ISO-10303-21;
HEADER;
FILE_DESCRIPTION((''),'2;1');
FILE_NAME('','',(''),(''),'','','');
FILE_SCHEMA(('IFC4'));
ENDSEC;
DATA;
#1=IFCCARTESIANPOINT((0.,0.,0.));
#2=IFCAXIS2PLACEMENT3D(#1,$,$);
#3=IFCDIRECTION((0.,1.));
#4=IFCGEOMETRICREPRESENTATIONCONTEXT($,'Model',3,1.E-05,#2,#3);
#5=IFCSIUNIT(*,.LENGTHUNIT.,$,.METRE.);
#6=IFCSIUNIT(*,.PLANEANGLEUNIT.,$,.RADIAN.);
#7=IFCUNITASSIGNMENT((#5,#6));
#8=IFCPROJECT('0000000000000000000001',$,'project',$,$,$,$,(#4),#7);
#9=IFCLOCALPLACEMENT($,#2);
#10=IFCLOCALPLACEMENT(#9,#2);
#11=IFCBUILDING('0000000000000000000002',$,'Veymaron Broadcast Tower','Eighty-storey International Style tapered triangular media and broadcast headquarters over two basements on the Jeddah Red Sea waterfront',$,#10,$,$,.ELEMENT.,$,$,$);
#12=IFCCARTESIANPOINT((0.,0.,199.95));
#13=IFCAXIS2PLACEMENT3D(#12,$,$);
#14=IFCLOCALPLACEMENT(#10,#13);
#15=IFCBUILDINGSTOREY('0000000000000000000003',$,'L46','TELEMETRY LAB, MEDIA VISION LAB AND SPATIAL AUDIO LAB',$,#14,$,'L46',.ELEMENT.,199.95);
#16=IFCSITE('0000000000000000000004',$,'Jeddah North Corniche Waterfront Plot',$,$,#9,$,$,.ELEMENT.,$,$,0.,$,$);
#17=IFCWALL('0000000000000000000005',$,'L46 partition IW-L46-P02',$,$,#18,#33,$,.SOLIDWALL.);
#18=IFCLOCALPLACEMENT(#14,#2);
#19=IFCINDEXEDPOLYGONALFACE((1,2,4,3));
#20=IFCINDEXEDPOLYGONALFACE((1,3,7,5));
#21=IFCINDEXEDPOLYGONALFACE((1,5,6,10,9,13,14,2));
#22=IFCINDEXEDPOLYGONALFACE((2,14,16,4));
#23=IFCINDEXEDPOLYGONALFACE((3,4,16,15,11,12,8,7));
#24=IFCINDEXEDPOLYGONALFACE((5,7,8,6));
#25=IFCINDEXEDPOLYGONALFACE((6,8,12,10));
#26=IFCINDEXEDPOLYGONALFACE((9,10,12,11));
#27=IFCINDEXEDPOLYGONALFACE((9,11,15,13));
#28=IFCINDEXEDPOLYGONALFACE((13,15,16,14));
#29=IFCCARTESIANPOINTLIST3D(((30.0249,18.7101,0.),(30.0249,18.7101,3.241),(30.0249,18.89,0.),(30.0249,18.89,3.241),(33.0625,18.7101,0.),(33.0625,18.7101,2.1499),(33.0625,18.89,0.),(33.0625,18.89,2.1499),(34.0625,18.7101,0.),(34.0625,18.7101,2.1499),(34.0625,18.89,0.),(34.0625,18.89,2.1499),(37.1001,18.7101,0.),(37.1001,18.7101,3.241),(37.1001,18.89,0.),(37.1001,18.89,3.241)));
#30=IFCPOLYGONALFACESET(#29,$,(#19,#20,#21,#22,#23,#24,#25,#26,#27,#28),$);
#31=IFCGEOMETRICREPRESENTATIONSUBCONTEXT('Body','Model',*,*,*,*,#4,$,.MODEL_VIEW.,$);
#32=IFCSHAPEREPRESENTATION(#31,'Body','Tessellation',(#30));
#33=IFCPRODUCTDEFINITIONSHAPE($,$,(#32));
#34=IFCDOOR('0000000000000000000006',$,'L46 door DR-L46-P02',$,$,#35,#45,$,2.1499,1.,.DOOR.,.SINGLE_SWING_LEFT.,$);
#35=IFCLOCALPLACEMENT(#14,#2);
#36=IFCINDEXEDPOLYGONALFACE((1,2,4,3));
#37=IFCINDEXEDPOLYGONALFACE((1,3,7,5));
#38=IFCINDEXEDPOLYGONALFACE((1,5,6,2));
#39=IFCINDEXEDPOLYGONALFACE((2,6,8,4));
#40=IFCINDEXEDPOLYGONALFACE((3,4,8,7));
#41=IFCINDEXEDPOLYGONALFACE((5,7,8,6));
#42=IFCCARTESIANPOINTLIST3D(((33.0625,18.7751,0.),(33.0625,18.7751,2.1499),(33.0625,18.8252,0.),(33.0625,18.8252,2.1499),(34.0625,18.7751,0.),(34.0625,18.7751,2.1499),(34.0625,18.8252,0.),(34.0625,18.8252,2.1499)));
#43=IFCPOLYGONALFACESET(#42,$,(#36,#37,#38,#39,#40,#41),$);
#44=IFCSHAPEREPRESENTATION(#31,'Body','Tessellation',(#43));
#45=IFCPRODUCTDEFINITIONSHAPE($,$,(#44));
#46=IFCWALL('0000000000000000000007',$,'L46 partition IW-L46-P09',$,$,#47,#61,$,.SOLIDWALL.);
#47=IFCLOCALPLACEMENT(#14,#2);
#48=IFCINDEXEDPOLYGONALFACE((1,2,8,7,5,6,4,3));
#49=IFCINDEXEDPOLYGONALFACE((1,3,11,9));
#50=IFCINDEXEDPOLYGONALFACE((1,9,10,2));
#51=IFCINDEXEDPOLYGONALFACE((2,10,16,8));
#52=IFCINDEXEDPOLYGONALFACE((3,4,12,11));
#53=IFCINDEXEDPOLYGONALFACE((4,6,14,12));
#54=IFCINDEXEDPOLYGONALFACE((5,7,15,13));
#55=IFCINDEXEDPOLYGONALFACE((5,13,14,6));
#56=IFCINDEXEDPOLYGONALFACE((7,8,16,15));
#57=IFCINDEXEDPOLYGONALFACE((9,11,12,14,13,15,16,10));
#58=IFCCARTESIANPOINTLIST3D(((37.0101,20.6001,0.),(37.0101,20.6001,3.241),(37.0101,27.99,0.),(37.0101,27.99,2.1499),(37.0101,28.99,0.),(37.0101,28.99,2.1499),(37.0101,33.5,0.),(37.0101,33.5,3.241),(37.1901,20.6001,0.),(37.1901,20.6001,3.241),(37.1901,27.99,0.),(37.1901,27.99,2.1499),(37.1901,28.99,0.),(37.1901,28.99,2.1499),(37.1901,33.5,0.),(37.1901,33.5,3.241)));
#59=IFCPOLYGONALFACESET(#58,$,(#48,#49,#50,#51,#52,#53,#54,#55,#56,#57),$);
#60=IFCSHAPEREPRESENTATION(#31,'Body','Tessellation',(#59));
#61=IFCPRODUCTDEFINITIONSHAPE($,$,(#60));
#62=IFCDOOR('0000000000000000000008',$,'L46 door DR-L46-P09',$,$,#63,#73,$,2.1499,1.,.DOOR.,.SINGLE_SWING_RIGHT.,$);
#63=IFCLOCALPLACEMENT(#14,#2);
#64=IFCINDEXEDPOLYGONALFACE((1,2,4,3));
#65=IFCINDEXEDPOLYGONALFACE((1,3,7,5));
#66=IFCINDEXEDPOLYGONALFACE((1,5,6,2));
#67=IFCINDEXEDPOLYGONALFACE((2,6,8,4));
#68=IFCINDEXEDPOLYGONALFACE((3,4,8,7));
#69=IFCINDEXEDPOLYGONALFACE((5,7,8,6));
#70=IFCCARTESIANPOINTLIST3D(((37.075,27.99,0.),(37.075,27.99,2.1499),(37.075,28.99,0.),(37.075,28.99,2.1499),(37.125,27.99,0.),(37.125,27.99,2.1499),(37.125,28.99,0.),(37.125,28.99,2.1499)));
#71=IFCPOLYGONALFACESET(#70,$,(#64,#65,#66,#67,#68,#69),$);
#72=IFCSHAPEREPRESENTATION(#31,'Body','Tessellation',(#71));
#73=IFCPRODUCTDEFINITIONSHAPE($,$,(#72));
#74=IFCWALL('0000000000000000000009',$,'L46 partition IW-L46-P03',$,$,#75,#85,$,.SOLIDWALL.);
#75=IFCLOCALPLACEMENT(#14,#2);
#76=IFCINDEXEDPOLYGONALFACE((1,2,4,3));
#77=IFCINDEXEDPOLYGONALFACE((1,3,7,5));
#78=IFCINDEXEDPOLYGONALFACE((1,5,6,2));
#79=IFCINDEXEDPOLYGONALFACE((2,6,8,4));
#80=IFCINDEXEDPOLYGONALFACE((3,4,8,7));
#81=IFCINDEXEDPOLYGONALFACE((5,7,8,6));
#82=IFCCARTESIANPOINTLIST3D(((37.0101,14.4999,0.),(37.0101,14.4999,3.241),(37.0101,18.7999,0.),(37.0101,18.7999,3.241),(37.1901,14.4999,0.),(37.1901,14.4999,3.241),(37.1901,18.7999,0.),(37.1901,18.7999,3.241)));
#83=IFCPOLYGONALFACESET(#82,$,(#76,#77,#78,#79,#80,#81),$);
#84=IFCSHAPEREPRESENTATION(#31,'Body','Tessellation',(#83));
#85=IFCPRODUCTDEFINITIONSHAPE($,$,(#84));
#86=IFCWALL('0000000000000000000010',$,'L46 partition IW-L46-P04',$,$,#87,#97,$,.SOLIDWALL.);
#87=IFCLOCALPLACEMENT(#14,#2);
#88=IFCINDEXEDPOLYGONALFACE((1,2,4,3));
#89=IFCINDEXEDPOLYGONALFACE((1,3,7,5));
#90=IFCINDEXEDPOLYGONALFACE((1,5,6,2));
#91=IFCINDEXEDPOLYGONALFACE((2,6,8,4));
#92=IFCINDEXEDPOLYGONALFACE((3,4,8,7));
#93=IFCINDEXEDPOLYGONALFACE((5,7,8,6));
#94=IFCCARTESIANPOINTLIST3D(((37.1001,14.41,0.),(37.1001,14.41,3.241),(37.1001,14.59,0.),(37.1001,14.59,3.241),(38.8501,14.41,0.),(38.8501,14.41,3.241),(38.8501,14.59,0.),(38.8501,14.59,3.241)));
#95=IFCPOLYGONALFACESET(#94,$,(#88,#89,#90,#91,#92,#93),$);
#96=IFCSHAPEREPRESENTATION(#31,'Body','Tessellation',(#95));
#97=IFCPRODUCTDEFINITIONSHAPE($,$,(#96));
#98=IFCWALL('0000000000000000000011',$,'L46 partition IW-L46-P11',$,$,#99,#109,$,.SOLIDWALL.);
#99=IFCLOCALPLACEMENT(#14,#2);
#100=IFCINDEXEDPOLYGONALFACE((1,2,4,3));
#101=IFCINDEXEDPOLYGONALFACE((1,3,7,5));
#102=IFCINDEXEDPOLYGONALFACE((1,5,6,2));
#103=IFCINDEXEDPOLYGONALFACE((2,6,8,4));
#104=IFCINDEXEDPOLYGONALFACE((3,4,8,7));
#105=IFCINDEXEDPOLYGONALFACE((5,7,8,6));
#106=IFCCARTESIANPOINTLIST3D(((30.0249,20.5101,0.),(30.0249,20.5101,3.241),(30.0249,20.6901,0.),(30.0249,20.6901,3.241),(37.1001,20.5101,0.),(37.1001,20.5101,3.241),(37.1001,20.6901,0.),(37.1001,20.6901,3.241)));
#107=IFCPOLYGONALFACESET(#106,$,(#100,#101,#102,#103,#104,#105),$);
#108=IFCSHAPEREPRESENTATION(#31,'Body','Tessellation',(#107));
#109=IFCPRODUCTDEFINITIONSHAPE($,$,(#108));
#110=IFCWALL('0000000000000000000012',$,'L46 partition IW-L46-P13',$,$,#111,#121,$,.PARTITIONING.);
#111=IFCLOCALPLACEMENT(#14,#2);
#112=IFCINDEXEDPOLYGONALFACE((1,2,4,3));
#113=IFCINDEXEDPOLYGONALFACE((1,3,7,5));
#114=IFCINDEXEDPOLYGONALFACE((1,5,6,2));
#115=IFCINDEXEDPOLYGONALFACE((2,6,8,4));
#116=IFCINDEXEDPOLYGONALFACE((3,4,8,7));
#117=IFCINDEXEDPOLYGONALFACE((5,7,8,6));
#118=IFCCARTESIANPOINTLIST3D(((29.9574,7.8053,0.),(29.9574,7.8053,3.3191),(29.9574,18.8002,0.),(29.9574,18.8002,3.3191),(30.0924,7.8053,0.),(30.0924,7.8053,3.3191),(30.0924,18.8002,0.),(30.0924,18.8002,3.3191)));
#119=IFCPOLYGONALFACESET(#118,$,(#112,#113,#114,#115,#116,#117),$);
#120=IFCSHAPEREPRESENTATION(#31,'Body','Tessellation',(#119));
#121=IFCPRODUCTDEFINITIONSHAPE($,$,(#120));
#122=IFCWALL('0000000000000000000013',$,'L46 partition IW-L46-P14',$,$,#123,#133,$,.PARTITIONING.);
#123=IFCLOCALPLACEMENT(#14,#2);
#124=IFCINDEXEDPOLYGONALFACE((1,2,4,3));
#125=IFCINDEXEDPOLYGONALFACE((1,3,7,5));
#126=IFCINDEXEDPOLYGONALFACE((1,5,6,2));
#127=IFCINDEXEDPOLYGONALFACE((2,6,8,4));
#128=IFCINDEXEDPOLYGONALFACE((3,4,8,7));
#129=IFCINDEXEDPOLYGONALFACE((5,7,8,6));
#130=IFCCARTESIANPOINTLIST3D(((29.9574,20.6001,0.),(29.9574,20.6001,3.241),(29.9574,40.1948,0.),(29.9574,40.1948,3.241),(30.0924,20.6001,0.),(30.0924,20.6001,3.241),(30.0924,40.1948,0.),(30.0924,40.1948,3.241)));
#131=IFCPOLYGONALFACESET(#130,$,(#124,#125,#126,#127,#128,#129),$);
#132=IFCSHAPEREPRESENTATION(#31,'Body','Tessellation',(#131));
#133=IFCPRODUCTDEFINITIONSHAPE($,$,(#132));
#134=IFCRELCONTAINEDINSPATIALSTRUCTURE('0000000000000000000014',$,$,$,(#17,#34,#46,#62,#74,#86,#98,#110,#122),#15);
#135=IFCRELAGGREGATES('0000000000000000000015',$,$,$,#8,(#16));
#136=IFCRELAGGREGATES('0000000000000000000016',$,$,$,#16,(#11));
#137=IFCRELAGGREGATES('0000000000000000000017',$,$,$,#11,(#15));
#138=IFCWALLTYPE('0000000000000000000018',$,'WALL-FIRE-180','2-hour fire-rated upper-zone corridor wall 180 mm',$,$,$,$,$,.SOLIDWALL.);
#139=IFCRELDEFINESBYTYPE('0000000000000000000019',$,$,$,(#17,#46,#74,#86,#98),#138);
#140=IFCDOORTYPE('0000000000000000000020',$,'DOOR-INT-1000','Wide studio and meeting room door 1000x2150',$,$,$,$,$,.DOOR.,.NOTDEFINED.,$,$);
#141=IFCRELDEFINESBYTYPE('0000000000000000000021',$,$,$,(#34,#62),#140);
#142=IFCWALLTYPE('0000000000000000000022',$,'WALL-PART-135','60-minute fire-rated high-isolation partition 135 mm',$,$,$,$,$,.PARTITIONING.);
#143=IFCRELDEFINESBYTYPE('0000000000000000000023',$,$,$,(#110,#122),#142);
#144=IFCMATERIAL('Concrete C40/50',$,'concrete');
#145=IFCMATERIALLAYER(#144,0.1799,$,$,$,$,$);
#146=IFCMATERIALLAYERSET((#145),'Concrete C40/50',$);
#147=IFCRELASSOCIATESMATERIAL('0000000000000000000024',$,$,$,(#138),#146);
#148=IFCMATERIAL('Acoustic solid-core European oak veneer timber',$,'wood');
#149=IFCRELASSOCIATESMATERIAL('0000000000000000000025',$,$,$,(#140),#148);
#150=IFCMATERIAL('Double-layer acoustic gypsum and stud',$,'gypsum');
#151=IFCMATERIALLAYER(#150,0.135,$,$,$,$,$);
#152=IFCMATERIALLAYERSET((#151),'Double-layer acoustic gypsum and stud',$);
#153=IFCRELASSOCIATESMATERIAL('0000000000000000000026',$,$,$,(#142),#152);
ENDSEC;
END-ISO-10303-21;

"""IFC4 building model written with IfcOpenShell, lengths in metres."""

from ifc_helpers import new_model, si_unit, direction, frame, frame_2d, origin, place, context, subcontext, project, spatial, rectangle, extrude, material, layer, layer_set, type_object, element, fill, save


model = new_model("IFC4")

# Units and contexts
model_context = context("Model", 3, precision=1e-05, world=origin(), true_north=direction((0.0, 1.0)))
body_context = subcontext(model_context, "Body", "Model", "MODEL_VIEW")
ifc_project = project(units=[si_unit("LENGTHUNIT", "METRE"), si_unit("PLANEANGLEUNIT", "RADIAN")], contexts=[model_context])

# Site, building, storey
site_placement = place(None, origin())
site = spatial("IfcSite", under=ifc_project, at=site_placement, Name="Jeddah North Corniche Waterfront Plot", CompositionType="ELEMENT", RefElevation=0.0)
building_placement = place(site_placement, origin())
building = spatial("IfcBuilding", under=site, at=building_placement, Name="Veymaron Broadcast Tower", Description="Eighty-storey International Style tapered triangular media and broadcast headquarters over two basements on the Jeddah Red Sea waterfront", CompositionType="ELEMENT")
storey_placement = place(building_placement, frame((0.0, 0.0, 199.95)))
storey = spatial("IfcBuildingStorey", under=building, at=storey_placement, Name="L46", Description="TELEMETRY LAB, MEDIA VISION LAB AND SPATIAL AUDIO LAB", LongName="L46", CompositionType="ELEMENT", Elevation=199.95)

# Walls, openings, doors
ifc_material_1 = material(Name="Concrete C40/50", Category="concrete")
ifc_layer_1 = layer(ifc_material_1, 0.1799)
ifc_layer_set_1 = layer_set([ifc_layer_1], Name="Concrete C40/50")
wall_type_1 = type_object("IfcWallType", Name="WALL-FIRE-180", Description="2-hour fire-rated upper-zone corridor wall 180 mm", PredefinedType="SOLIDWALL", material=ifc_layer_set_1)
wall_1_placement = place(storey_placement, frame((30.0249, 18.8, 0.0), z_axis=(0.0, 0.0, 1.0), x_axis=(1.0, 0.0, 0.0)))
wall_1 = element("IfcWall", 1, at=wall_1_placement, inside=storey, type_object=wall_type_1, Name="L46 partition IW-L46-P02", PredefinedType="SOLIDWALL", context=body_context, shape_type="SweptSolid", body=[
    extrude(rectangle(XDim=7.0752, YDim=0.1799, at=frame_2d((3.5376, 0.0))), origin(), (0.0, 0.0, 1.0), 3.241),
])
opening_1_placement = place(wall_1_placement, frame((3.0376, 0.0, 0.0)))
opening_1 = element("IfcOpeningElement", 2, at=opening_1_placement, cuts=wall_1, PredefinedType="OPENING", context=body_context, shape_type="SweptSolid", body=[
    extrude(rectangle(XDim=1.0, YDim=2.1499, at=frame_2d((0.5, 1.075))), frame((0.0, 0.1001, 0.0), z_axis=(0.0, -1.0, 0.0), x_axis=(1.0, 0.0, 0.0)), (0.0, 0.0, 1.0), 0.2),
])
ifc_material_2 = material(Name="Acoustic solid-core European oak veneer timber", Category="wood")
door_type = type_object("IfcDoorType", Name="DOOR-INT-1000", Description="Wide studio and meeting room door 1000x2150", OperationType="NOTDEFINED", PredefinedType="DOOR", material=ifc_material_2)
door_1_placement = place(opening_1_placement, frame((1.0, 0.0, 0.0), z_axis=(0.0, 0.0, 1.0), x_axis=(-1.0, 0.0, 0.0)))
door_1 = element("IfcDoor", 3, at=door_1_placement, inside=storey, type_object=door_type, Name="L46 door DR-L46-P02", OperationType="SINGLE_SWING_LEFT", OverallHeight=2.1499, OverallWidth=1.0, PredefinedType="DOOR", context=body_context, shape_type="SweptSolid", body=[
    extrude(rectangle(XDim=1.0, YDim=2.1499, at=frame_2d((0.5, 1.075))), frame((0.0, 0.0249, 0.0), z_axis=(0.0, -1.0, 0.0), x_axis=(1.0, 0.0, 0.0)), (0.0, 0.0, 1.0), 0.05),
])
fill(opening_1, door_1)
wall_2_placement = place(storey_placement, frame((37.1001, 20.6001, 0.0), z_axis=(0.0, 0.0, 1.0), x_axis=(0.0, 1.0, 0.0)))
wall_2 = element("IfcWall", 4, at=wall_2_placement, inside=storey, type_object=wall_type_1, Name="L46 partition IW-L46-P09", PredefinedType="SOLIDWALL", context=body_context, shape_type="SweptSolid", body=[
    extrude(rectangle(XDim=12.8999, YDim=0.1799, at=frame_2d((6.45, 0.0))), origin(), (0.0, 0.0, 1.0), 3.241),
])
opening_2_placement = place(wall_2_placement, frame((7.3899, 0.0, 0.0)))
opening_2 = element("IfcOpeningElement", 5, at=opening_2_placement, cuts=wall_2, PredefinedType="OPENING", context=body_context, shape_type="SweptSolid", body=[
    extrude(rectangle(XDim=1.0, YDim=2.1499, at=frame_2d((0.5, 1.075))), frame((0.0, 0.1001, 0.0), z_axis=(0.0, -1.0, 0.0), x_axis=(1.0, 0.0, 0.0)), (0.0, 0.0, 1.0), 0.2),
])
door_2_placement = place(opening_2_placement, frame((1.0, 0.0, 0.0), z_axis=(0.0, 0.0, 1.0), x_axis=(-1.0, 0.0, 0.0)))
door_2 = element("IfcDoor", 6, at=door_2_placement, inside=storey, type_object=door_type, Name="L46 door DR-L46-P09", OperationType="SINGLE_SWING_RIGHT", OverallHeight=2.1499, OverallWidth=1.0, PredefinedType="DOOR", context=body_context, shape_type="SweptSolid", body=[
    extrude(rectangle(XDim=1.0, YDim=2.1499, at=frame_2d((0.5, 1.075))), frame((0.0, 0.0249, 0.0), z_axis=(0.0, -1.0, 0.0), x_axis=(1.0, 0.0, 0.0)), (0.0, 0.0, 1.0), 0.05),
])
fill(opening_2, door_2)

# Walls
wall_3_placement = place(storey_placement, frame((37.1001, 14.5, 0.0), z_axis=(0.0, 0.0, 1.0), x_axis=(0.0, 1.0, 0.0)))
element("IfcWall", 7, at=wall_3_placement, inside=storey, type_object=wall_type_1, Name="L46 partition IW-L46-P03", PredefinedType="SOLIDWALL", context=body_context, shape_type="SweptSolid", body=[
    extrude(rectangle(XDim=4.3, YDim=0.1799, at=frame_2d((2.1499, 0.0))), origin(), (0.0, 0.0, 1.0), 3.241),
])
wall_4_placement = place(storey_placement, frame((37.1001, 14.5, 0.0), z_axis=(0.0, 0.0, 1.0), x_axis=(1.0, 0.0, 0.0)))
element("IfcWall", 8, at=wall_4_placement, inside=storey, type_object=wall_type_1, Name="L46 partition IW-L46-P04", PredefinedType="SOLIDWALL", context=body_context, shape_type="SweptSolid", body=[
    extrude(rectangle(XDim=1.75, YDim=0.1799, at=frame_2d((0.875, 0.0))), origin(), (0.0, 0.0, 1.0), 3.241),
])
wall_5_placement = place(storey_placement, frame((30.0249, 20.6001, 0.0), z_axis=(0.0, 0.0, 1.0), x_axis=(1.0, 0.0, 0.0)))
element("IfcWall", 9, at=wall_5_placement, inside=storey, type_object=wall_type_1, Name="L46 partition IW-L46-P11", PredefinedType="SOLIDWALL", context=body_context, shape_type="SweptSolid", body=[
    extrude(rectangle(XDim=7.0752, YDim=0.1799, at=frame_2d((3.5376, 0.0))), origin(), (0.0, 0.0, 1.0), 3.241),
])
ifc_material_3 = material(Name="Double-layer acoustic gypsum and stud", Category="gypsum")
ifc_layer_2 = layer(ifc_material_3, 0.135)
ifc_layer_set_2 = layer_set([ifc_layer_2], Name="Double-layer acoustic gypsum and stud")
wall_type_2 = type_object("IfcWallType", Name="WALL-PART-135", Description="60-minute fire-rated high-isolation partition 135 mm", PredefinedType="PARTITIONING", material=ifc_layer_set_2)
wall_6_placement = place(storey_placement, frame((30.0249, 7.8052, 0.0), z_axis=(0.0, 0.0, 1.0), x_axis=(0.0, 1.0, 0.0)))
element("IfcWall", 10, at=wall_6_placement, inside=storey, type_object=wall_type_2, Name="L46 partition IW-L46-P13", PredefinedType="PARTITIONING", context=body_context, shape_type="SweptSolid", body=[
    extrude(rectangle(XDim=10.9949, YDim=0.135, at=frame_2d((5.4976, 0.0))), origin(), (0.0, 0.0, 1.0), 3.3191),
])
wall_7_placement = place(storey_placement, frame((30.0249, 20.6001, 0.0), z_axis=(0.0, 0.0, 1.0), x_axis=(0.0, 1.0, 0.0)))
element("IfcWall", 11, at=wall_7_placement, inside=storey, type_object=wall_type_2, Name="L46 partition IW-L46-P14", PredefinedType="PARTITIONING", context=body_context, shape_type="SweptSolid", body=[
    extrude(rectangle(XDim=19.5947, YDim=0.135, at=frame_2d((9.7974, 0.0))), origin(), (0.0, 0.0, 1.0), 3.241),
])

save(model, "model.ifc")
